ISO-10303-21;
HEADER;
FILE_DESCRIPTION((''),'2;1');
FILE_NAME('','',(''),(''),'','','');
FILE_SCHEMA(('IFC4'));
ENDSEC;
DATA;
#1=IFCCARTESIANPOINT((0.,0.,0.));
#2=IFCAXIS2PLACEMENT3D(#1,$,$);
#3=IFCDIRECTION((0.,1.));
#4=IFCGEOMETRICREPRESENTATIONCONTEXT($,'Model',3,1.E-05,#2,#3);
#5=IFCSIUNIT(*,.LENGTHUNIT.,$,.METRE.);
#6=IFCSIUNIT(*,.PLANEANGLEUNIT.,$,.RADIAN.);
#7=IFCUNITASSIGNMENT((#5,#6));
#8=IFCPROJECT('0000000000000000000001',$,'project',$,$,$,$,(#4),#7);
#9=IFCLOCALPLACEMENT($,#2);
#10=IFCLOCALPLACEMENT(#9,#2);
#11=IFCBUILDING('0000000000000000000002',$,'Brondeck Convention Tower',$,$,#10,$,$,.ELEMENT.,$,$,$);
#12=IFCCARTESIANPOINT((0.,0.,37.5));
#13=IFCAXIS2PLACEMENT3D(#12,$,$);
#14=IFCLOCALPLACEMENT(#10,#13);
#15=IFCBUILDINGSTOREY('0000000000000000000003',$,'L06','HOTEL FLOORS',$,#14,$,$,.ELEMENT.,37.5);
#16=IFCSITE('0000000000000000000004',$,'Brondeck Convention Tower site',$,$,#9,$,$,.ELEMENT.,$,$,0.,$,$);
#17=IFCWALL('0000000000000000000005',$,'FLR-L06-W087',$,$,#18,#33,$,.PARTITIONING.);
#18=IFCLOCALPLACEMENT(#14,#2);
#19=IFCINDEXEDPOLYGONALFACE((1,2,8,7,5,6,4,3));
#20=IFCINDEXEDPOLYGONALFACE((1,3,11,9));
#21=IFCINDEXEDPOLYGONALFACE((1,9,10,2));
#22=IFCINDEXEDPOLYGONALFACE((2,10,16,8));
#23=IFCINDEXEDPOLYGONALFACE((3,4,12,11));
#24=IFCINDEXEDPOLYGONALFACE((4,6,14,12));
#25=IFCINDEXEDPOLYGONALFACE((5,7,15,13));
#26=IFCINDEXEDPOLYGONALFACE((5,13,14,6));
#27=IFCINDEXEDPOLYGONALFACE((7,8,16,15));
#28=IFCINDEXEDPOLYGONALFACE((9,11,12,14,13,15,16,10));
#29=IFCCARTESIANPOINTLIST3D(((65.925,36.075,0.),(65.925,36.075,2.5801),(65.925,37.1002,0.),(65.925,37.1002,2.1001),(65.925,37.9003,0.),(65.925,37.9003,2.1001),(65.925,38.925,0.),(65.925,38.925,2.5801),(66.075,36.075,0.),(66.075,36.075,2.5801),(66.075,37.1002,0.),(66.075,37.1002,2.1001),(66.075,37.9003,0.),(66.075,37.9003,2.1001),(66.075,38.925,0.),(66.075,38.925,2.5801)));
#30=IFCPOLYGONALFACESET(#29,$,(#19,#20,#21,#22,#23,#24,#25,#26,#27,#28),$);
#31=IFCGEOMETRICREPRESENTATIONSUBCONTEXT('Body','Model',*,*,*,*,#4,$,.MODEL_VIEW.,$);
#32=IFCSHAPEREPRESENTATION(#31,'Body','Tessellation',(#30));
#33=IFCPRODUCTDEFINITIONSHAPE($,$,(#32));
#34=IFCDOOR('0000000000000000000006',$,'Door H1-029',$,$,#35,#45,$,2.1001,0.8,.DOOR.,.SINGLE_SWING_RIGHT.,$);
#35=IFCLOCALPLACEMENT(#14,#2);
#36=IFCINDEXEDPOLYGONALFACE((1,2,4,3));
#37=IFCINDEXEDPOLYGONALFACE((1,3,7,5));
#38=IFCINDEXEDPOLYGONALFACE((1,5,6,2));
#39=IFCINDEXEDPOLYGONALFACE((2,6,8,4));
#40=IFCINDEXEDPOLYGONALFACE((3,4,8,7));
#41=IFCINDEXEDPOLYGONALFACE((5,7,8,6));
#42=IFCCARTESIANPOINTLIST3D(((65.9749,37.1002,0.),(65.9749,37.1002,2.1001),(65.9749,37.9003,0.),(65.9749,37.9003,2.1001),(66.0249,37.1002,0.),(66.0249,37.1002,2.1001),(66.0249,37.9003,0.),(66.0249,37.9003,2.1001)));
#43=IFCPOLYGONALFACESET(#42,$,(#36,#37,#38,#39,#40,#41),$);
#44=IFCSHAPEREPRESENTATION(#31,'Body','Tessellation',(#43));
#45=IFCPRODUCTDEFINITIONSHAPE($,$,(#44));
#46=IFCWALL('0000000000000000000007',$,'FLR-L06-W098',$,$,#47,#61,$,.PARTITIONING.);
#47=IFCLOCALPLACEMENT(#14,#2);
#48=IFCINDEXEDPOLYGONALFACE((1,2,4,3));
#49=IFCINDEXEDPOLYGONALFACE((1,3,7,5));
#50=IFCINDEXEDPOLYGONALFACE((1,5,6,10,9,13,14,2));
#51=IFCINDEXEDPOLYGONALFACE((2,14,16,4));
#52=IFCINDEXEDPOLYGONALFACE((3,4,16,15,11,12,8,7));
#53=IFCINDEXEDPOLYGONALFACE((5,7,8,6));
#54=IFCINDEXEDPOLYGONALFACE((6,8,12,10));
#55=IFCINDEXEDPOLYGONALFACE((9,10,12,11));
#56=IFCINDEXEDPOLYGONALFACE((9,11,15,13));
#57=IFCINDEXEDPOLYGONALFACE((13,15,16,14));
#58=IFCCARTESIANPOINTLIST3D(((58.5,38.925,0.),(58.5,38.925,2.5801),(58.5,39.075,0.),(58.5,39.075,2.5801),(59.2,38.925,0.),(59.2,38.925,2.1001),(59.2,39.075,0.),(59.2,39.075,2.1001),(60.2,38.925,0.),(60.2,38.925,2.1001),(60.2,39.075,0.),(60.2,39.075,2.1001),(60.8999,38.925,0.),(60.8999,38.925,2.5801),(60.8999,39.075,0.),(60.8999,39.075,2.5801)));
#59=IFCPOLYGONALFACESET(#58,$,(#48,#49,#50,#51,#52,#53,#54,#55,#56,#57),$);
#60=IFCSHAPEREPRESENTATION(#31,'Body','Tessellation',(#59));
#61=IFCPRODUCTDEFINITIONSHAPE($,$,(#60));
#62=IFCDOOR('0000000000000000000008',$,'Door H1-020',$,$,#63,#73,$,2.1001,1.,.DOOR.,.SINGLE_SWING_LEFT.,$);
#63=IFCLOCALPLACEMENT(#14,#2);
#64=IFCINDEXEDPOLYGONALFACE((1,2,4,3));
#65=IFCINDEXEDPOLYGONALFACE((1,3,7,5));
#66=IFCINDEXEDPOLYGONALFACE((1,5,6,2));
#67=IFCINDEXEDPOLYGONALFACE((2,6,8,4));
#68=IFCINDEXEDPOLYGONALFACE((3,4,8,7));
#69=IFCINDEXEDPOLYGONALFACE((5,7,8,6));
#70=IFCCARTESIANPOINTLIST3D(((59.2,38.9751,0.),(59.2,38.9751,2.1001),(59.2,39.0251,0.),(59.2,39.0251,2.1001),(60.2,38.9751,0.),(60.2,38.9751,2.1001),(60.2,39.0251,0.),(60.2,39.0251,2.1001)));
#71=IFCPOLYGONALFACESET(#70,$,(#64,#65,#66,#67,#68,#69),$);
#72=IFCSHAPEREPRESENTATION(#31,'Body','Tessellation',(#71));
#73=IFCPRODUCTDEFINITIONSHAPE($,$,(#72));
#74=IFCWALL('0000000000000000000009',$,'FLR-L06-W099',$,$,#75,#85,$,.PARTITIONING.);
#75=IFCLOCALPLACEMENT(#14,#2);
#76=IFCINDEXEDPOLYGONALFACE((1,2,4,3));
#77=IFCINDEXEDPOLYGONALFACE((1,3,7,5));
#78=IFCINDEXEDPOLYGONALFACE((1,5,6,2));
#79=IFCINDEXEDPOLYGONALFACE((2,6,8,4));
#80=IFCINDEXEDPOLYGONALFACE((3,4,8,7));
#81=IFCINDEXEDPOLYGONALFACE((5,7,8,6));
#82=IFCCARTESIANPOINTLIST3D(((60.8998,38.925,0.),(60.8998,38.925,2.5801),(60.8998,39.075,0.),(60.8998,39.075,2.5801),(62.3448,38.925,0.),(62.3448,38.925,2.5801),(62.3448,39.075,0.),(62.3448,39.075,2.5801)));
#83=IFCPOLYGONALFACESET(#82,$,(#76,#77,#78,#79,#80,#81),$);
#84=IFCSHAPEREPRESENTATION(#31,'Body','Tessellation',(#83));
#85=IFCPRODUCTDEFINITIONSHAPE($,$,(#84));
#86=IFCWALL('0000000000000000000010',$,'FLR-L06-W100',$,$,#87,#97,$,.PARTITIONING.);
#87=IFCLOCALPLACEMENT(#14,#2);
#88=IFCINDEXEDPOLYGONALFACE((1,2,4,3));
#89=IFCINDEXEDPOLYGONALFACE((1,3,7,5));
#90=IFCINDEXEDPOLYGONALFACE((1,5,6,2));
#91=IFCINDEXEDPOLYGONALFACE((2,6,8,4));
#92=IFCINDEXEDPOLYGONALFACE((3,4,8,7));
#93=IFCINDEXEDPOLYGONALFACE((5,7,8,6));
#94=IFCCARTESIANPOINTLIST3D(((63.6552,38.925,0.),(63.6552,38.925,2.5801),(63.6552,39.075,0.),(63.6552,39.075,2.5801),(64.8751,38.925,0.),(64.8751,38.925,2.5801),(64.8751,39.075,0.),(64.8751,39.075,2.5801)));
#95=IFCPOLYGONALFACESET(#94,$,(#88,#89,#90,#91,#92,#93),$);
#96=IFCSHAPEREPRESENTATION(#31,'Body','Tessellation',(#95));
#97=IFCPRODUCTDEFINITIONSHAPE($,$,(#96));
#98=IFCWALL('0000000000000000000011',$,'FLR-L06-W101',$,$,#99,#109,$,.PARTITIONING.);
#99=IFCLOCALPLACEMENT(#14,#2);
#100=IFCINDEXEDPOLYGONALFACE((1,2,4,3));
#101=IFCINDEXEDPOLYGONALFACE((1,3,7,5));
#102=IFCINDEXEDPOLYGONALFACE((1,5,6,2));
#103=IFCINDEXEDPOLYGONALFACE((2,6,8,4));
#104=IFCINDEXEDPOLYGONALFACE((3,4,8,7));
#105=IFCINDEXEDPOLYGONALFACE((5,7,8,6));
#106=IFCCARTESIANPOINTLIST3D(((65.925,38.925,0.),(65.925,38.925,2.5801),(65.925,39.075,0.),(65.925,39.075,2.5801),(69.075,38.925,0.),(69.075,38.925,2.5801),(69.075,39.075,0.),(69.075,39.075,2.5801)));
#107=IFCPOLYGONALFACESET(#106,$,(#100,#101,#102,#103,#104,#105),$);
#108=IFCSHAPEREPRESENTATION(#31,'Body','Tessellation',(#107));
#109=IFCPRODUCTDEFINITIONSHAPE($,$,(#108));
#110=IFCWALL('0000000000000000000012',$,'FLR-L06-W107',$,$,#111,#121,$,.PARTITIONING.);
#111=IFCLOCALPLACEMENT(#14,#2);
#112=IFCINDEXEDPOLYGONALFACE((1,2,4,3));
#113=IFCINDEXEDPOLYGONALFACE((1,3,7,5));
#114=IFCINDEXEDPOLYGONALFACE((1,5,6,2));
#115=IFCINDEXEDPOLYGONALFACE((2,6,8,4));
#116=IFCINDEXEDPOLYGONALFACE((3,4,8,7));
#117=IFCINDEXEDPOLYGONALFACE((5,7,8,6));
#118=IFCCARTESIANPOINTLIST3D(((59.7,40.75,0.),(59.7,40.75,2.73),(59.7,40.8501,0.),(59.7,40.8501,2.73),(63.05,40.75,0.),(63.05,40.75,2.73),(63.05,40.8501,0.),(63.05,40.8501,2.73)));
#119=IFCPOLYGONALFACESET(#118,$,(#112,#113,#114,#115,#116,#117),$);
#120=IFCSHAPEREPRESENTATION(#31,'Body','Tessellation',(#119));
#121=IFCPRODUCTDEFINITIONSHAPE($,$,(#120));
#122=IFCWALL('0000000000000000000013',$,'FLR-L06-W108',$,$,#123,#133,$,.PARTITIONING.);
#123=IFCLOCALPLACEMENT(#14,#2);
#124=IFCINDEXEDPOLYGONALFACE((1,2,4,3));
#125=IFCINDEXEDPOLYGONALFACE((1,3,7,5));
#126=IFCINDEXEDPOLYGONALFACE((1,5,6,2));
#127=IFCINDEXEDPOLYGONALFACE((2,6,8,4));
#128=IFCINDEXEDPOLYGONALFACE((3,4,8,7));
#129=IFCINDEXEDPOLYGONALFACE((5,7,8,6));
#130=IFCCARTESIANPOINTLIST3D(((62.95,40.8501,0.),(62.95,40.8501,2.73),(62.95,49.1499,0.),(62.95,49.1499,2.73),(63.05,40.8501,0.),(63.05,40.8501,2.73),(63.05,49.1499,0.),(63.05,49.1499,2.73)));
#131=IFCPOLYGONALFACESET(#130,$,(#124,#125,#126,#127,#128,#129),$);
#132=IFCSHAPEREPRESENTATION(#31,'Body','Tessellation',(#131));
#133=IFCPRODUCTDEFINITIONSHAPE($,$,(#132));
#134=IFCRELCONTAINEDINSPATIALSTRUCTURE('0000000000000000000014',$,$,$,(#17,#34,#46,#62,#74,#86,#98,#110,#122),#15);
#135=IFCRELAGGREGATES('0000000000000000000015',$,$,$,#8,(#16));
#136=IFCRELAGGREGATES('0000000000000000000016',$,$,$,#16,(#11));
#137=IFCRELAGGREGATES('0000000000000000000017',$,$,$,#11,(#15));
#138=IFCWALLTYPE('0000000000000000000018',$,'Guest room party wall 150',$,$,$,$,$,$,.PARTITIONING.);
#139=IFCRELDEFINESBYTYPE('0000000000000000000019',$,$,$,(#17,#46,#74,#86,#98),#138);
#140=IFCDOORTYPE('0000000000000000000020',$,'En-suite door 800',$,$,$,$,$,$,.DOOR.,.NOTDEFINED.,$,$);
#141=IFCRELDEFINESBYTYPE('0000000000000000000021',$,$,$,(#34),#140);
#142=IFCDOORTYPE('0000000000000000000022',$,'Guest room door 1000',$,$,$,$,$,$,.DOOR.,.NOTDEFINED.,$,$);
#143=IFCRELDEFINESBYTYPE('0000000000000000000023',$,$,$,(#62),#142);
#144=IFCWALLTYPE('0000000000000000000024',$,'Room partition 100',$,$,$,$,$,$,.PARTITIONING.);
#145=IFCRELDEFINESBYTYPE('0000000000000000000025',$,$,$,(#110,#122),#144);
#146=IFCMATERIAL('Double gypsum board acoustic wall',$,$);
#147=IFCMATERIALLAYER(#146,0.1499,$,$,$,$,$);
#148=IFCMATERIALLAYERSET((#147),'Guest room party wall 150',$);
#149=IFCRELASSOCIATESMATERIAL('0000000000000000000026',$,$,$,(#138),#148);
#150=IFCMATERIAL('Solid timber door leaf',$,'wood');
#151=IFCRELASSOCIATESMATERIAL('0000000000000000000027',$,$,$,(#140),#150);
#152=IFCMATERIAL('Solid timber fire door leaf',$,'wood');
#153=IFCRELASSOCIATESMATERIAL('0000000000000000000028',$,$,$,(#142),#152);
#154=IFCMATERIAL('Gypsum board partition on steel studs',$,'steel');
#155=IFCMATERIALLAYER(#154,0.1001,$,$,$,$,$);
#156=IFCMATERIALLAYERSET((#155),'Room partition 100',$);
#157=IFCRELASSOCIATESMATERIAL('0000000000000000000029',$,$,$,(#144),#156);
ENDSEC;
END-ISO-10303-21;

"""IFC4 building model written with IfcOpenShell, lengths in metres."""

from ifc_helpers import new_model, si_unit, direction, frame, frame_2d, origin, place, context, subcontext, project, spatial, rectangle, extrude, material, layer, layer_set, type_object, element, fill, save


model = new_model("IFC4")

# Units and contexts
model_context = context("Model", 3, precision=1e-05, world=origin(), true_north=direction((0.0, 1.0)))
body_context = subcontext(model_context, "Body", "Model", "MODEL_VIEW")
ifc_project = project(units=[si_unit("LENGTHUNIT", "METRE"), si_unit("PLANEANGLEUNIT", "RADIAN")], contexts=[model_context])

# Site, building, storey
site_placement = place(None, origin())
site = spatial("IfcSite", under=ifc_project, at=site_placement, Name="Brondeck Convention Tower site", CompositionType="ELEMENT", RefElevation=0.0)
building_placement = place(site_placement, origin())
building = spatial("IfcBuilding", under=site, at=building_placement, Name="Brondeck Convention Tower", CompositionType="ELEMENT")
storey_placement = place(building_placement, frame((0.0, 0.0, 37.5)))
storey = spatial("IfcBuildingStorey", under=building, at=storey_placement, Name="L06", Description="HOTEL FLOORS", CompositionType="ELEMENT", Elevation=37.5)

# Shared definitions
ifc_material_1 = material(Name="Double gypsum board acoustic wall")
ifc_layer_1 = layer(ifc_material_1, 0.1499)
ifc_layer_set_1 = layer_set([ifc_layer_1], Name="Guest room party wall 150")
wall_type_1 = type_object("IfcWallType", Name="Guest room party wall 150", PredefinedType="PARTITIONING", material=ifc_layer_set_1)

# Walls, openings, doors
ifc_material_2 = material(Name="Solid timber door leaf", Category="wood")
door_type_1 = type_object("IfcDoorType", Name="En-suite door 800", OperationType="NOTDEFINED", PredefinedType="DOOR", material=ifc_material_2)
wall_1_placement = place(storey_placement, frame((66.0, 38.925, 0.0), z_axis=(0.0, 0.0, 1.0), x_axis=(0.0, -1.0, 0.0)))
wall_1 = element("IfcWall", 1, at=wall_1_placement, inside=storey, type_object=wall_type_1, Name="FLR-L06-W087", PredefinedType="PARTITIONING", context=body_context, shape_type="SweptSolid", body=[
    extrude(rectangle(XDim=2.8501, YDim=0.1499, at=frame_2d((1.425, 0.0))), origin(), (0.0, 0.0, 1.0), 2.5801),
])
opening_1_placement = place(wall_1_placement, frame((1.0249, 0.0, 0.0)))
opening_1 = element("IfcOpeningElement", 2, at=opening_1_placement, cuts=wall_1, PredefinedType="OPENING", context=body_context, shape_type="SweptSolid", body=[
    extrude(rectangle(XDim=0.8, YDim=2.1001, at=frame_2d((0.3999, 1.05))), frame((0.0, 0.085, 0.0), z_axis=(0.0, -1.0, 0.0), x_axis=(1.0, 0.0, 0.0)), (0.0, 0.0, 1.0), 0.1699),
])
door_1_placement = place(opening_1_placement, origin())
door_1 = element("IfcDoor", 3, at=door_1_placement, inside=storey, type_object=door_type_1, Name="Door H1-029", OperationType="SINGLE_SWING_RIGHT", OverallHeight=2.1001, OverallWidth=0.8, PredefinedType="DOOR", context=body_context, shape_type="SweptSolid", body=[
    extrude(rectangle(XDim=0.8, YDim=2.1001, at=frame_2d((0.3999, 1.05))), frame((0.0, 0.0249, 0.0), z_axis=(0.0, -1.0, 0.0), x_axis=(1.0, 0.0, 0.0)), (0.0, 0.0, 1.0), 0.05),
])
fill(opening_1, door_1)
wall_2_placement = place(storey_placement, frame((60.8999, 39.0, 0.0), z_axis=(0.0, 0.0, 1.0), x_axis=(-1.0, 0.0, 0.0)))
wall_2 = element("IfcWall", 4, at=wall_2_placement, inside=storey, type_object=wall_type_1, Name="FLR-L06-W098", PredefinedType="PARTITIONING", context=body_context, shape_type="SweptSolid", body=[
    extrude(rectangle(XDim=2.3999, YDim=0.1499, at=frame_2d((1.2, 0.0))), origin(), (0.0, 0.0, 1.0), 2.5801),
])
opening_2_placement = place(wall_2_placement, frame((0.7, 0.0, 0.0)))
opening_2 = element("IfcOpeningElement", 5, at=opening_2_placement, cuts=wall_2, PredefinedType="OPENING", context=body_context, shape_type="SweptSolid", body=[
    extrude(rectangle(XDim=1.0, YDim=2.1001, at=frame_2d((0.5, 1.05))), frame((0.0, 0.085, 0.0), z_axis=(0.0, -1.0, 0.0), x_axis=(1.0, 0.0, 0.0)), (0.0, 0.0, 1.0), 0.1699),
])
ifc_material_3 = material(Name="Solid timber fire door leaf", Category="wood")
door_type_2 = type_object("IfcDoorType", Name="Guest room door 1000", OperationType="NOTDEFINED", PredefinedType="DOOR", material=ifc_material_3)
door_2_placement = place(opening_2_placement, origin())
door_2 = element("IfcDoor", 6, at=door_2_placement, inside=storey, type_object=door_type_2, Name="Door H1-020", OperationType="SINGLE_SWING_LEFT", OverallHeight=2.1001, OverallWidth=1.0, PredefinedType="DOOR", context=body_context, shape_type="SweptSolid", body=[
    extrude(rectangle(XDim=1.0, YDim=2.1001, at=frame_2d((0.5, 1.05))), frame((0.0, 0.0249, 0.0), z_axis=(0.0, -1.0, 0.0), x_axis=(1.0, 0.0, 0.0)), (0.0, 0.0, 1.0), 0.05),
])
fill(opening_2, door_2)

# Walls
wall_3_placement = place(storey_placement, frame((62.345, 39.0, 0.0), z_axis=(0.0, 0.0, 1.0), x_axis=(-1.0, 0.0, 0.0)))
element("IfcWall", 7, at=wall_3_placement, inside=storey, type_object=wall_type_1, Name="FLR-L06-W099", PredefinedType="PARTITIONING", context=body_context, shape_type="SweptSolid", body=[
    extrude(rectangle(XDim=1.4451, YDim=0.1499, at=frame_2d((0.7227, 0.0))), origin(), (0.0, 0.0, 1.0), 2.5801),
])
wall_4_placement = place(storey_placement, frame((64.875, 39.0, 0.0), z_axis=(0.0, 0.0, 1.0), x_axis=(-1.0, 0.0, 0.0)))
element("IfcWall", 8, at=wall_4_placement, inside=storey, type_object=wall_type_1, Name="FLR-L06-W100", PredefinedType="PARTITIONING", context=body_context, shape_type="SweptSolid", body=[
    extrude(rectangle(XDim=1.22, YDim=0.1499, at=frame_2d((0.6099, 0.0))), origin(), (0.0, 0.0, 1.0), 2.5801),
])
wall_5_placement = place(storey_placement, frame((69.075, 39.0, 0.0), z_axis=(0.0, 0.0, 1.0), x_axis=(-1.0, 0.0, 0.0)))
element("IfcWall", 9, at=wall_5_placement, inside=storey, type_object=wall_type_1, Name="FLR-L06-W101", PredefinedType="PARTITIONING", context=body_context, shape_type="SweptSolid", body=[
    extrude(rectangle(XDim=3.1499, YDim=0.1499, at=frame_2d((1.575, 0.0))), origin(), (0.0, 0.0, 1.0), 2.5801),
])
ifc_material_4 = material(Name="Gypsum board partition on steel studs", Category="steel")
ifc_layer_2 = layer(ifc_material_4, 0.1001)
ifc_layer_set_2 = layer_set([ifc_layer_2], Name="Room partition 100")
wall_type_2 = type_object("IfcWallType", Name="Room partition 100", PredefinedType="PARTITIONING", material=ifc_layer_set_2)
wall_6_placement = place(storey_placement, frame((59.7, 40.8, 0.0), z_axis=(0.0, 0.0, 1.0), x_axis=(1.0, 0.0, 0.0)))
element("IfcWall", 10, at=wall_6_placement, inside=storey, type_object=wall_type_2, Name="FLR-L06-W107", PredefinedType="PARTITIONING", context=body_context, shape_type="SweptSolid", body=[
    extrude(rectangle(XDim=3.3501, YDim=0.1001, at=frame_2d((1.675, 0.0))), origin(), (0.0, 0.0, 1.0), 2.73),
])
wall_7_placement = place(storey_placement, frame((63.0, 40.8501, 0.0), z_axis=(0.0, 0.0, 1.0), x_axis=(0.0, 1.0, 0.0)))
element("IfcWall", 11, at=wall_7_placement, inside=storey, type_object=wall_type_2, Name="FLR-L06-W108", PredefinedType="PARTITIONING", context=body_context, shape_type="SweptSolid", body=[
    extrude(rectangle(XDim=8.2998, YDim=0.1001, at=frame_2d((4.1499, 0.0))), origin(), (0.0, 0.0, 1.0), 2.73),
])

save(model, "model.ifc")
